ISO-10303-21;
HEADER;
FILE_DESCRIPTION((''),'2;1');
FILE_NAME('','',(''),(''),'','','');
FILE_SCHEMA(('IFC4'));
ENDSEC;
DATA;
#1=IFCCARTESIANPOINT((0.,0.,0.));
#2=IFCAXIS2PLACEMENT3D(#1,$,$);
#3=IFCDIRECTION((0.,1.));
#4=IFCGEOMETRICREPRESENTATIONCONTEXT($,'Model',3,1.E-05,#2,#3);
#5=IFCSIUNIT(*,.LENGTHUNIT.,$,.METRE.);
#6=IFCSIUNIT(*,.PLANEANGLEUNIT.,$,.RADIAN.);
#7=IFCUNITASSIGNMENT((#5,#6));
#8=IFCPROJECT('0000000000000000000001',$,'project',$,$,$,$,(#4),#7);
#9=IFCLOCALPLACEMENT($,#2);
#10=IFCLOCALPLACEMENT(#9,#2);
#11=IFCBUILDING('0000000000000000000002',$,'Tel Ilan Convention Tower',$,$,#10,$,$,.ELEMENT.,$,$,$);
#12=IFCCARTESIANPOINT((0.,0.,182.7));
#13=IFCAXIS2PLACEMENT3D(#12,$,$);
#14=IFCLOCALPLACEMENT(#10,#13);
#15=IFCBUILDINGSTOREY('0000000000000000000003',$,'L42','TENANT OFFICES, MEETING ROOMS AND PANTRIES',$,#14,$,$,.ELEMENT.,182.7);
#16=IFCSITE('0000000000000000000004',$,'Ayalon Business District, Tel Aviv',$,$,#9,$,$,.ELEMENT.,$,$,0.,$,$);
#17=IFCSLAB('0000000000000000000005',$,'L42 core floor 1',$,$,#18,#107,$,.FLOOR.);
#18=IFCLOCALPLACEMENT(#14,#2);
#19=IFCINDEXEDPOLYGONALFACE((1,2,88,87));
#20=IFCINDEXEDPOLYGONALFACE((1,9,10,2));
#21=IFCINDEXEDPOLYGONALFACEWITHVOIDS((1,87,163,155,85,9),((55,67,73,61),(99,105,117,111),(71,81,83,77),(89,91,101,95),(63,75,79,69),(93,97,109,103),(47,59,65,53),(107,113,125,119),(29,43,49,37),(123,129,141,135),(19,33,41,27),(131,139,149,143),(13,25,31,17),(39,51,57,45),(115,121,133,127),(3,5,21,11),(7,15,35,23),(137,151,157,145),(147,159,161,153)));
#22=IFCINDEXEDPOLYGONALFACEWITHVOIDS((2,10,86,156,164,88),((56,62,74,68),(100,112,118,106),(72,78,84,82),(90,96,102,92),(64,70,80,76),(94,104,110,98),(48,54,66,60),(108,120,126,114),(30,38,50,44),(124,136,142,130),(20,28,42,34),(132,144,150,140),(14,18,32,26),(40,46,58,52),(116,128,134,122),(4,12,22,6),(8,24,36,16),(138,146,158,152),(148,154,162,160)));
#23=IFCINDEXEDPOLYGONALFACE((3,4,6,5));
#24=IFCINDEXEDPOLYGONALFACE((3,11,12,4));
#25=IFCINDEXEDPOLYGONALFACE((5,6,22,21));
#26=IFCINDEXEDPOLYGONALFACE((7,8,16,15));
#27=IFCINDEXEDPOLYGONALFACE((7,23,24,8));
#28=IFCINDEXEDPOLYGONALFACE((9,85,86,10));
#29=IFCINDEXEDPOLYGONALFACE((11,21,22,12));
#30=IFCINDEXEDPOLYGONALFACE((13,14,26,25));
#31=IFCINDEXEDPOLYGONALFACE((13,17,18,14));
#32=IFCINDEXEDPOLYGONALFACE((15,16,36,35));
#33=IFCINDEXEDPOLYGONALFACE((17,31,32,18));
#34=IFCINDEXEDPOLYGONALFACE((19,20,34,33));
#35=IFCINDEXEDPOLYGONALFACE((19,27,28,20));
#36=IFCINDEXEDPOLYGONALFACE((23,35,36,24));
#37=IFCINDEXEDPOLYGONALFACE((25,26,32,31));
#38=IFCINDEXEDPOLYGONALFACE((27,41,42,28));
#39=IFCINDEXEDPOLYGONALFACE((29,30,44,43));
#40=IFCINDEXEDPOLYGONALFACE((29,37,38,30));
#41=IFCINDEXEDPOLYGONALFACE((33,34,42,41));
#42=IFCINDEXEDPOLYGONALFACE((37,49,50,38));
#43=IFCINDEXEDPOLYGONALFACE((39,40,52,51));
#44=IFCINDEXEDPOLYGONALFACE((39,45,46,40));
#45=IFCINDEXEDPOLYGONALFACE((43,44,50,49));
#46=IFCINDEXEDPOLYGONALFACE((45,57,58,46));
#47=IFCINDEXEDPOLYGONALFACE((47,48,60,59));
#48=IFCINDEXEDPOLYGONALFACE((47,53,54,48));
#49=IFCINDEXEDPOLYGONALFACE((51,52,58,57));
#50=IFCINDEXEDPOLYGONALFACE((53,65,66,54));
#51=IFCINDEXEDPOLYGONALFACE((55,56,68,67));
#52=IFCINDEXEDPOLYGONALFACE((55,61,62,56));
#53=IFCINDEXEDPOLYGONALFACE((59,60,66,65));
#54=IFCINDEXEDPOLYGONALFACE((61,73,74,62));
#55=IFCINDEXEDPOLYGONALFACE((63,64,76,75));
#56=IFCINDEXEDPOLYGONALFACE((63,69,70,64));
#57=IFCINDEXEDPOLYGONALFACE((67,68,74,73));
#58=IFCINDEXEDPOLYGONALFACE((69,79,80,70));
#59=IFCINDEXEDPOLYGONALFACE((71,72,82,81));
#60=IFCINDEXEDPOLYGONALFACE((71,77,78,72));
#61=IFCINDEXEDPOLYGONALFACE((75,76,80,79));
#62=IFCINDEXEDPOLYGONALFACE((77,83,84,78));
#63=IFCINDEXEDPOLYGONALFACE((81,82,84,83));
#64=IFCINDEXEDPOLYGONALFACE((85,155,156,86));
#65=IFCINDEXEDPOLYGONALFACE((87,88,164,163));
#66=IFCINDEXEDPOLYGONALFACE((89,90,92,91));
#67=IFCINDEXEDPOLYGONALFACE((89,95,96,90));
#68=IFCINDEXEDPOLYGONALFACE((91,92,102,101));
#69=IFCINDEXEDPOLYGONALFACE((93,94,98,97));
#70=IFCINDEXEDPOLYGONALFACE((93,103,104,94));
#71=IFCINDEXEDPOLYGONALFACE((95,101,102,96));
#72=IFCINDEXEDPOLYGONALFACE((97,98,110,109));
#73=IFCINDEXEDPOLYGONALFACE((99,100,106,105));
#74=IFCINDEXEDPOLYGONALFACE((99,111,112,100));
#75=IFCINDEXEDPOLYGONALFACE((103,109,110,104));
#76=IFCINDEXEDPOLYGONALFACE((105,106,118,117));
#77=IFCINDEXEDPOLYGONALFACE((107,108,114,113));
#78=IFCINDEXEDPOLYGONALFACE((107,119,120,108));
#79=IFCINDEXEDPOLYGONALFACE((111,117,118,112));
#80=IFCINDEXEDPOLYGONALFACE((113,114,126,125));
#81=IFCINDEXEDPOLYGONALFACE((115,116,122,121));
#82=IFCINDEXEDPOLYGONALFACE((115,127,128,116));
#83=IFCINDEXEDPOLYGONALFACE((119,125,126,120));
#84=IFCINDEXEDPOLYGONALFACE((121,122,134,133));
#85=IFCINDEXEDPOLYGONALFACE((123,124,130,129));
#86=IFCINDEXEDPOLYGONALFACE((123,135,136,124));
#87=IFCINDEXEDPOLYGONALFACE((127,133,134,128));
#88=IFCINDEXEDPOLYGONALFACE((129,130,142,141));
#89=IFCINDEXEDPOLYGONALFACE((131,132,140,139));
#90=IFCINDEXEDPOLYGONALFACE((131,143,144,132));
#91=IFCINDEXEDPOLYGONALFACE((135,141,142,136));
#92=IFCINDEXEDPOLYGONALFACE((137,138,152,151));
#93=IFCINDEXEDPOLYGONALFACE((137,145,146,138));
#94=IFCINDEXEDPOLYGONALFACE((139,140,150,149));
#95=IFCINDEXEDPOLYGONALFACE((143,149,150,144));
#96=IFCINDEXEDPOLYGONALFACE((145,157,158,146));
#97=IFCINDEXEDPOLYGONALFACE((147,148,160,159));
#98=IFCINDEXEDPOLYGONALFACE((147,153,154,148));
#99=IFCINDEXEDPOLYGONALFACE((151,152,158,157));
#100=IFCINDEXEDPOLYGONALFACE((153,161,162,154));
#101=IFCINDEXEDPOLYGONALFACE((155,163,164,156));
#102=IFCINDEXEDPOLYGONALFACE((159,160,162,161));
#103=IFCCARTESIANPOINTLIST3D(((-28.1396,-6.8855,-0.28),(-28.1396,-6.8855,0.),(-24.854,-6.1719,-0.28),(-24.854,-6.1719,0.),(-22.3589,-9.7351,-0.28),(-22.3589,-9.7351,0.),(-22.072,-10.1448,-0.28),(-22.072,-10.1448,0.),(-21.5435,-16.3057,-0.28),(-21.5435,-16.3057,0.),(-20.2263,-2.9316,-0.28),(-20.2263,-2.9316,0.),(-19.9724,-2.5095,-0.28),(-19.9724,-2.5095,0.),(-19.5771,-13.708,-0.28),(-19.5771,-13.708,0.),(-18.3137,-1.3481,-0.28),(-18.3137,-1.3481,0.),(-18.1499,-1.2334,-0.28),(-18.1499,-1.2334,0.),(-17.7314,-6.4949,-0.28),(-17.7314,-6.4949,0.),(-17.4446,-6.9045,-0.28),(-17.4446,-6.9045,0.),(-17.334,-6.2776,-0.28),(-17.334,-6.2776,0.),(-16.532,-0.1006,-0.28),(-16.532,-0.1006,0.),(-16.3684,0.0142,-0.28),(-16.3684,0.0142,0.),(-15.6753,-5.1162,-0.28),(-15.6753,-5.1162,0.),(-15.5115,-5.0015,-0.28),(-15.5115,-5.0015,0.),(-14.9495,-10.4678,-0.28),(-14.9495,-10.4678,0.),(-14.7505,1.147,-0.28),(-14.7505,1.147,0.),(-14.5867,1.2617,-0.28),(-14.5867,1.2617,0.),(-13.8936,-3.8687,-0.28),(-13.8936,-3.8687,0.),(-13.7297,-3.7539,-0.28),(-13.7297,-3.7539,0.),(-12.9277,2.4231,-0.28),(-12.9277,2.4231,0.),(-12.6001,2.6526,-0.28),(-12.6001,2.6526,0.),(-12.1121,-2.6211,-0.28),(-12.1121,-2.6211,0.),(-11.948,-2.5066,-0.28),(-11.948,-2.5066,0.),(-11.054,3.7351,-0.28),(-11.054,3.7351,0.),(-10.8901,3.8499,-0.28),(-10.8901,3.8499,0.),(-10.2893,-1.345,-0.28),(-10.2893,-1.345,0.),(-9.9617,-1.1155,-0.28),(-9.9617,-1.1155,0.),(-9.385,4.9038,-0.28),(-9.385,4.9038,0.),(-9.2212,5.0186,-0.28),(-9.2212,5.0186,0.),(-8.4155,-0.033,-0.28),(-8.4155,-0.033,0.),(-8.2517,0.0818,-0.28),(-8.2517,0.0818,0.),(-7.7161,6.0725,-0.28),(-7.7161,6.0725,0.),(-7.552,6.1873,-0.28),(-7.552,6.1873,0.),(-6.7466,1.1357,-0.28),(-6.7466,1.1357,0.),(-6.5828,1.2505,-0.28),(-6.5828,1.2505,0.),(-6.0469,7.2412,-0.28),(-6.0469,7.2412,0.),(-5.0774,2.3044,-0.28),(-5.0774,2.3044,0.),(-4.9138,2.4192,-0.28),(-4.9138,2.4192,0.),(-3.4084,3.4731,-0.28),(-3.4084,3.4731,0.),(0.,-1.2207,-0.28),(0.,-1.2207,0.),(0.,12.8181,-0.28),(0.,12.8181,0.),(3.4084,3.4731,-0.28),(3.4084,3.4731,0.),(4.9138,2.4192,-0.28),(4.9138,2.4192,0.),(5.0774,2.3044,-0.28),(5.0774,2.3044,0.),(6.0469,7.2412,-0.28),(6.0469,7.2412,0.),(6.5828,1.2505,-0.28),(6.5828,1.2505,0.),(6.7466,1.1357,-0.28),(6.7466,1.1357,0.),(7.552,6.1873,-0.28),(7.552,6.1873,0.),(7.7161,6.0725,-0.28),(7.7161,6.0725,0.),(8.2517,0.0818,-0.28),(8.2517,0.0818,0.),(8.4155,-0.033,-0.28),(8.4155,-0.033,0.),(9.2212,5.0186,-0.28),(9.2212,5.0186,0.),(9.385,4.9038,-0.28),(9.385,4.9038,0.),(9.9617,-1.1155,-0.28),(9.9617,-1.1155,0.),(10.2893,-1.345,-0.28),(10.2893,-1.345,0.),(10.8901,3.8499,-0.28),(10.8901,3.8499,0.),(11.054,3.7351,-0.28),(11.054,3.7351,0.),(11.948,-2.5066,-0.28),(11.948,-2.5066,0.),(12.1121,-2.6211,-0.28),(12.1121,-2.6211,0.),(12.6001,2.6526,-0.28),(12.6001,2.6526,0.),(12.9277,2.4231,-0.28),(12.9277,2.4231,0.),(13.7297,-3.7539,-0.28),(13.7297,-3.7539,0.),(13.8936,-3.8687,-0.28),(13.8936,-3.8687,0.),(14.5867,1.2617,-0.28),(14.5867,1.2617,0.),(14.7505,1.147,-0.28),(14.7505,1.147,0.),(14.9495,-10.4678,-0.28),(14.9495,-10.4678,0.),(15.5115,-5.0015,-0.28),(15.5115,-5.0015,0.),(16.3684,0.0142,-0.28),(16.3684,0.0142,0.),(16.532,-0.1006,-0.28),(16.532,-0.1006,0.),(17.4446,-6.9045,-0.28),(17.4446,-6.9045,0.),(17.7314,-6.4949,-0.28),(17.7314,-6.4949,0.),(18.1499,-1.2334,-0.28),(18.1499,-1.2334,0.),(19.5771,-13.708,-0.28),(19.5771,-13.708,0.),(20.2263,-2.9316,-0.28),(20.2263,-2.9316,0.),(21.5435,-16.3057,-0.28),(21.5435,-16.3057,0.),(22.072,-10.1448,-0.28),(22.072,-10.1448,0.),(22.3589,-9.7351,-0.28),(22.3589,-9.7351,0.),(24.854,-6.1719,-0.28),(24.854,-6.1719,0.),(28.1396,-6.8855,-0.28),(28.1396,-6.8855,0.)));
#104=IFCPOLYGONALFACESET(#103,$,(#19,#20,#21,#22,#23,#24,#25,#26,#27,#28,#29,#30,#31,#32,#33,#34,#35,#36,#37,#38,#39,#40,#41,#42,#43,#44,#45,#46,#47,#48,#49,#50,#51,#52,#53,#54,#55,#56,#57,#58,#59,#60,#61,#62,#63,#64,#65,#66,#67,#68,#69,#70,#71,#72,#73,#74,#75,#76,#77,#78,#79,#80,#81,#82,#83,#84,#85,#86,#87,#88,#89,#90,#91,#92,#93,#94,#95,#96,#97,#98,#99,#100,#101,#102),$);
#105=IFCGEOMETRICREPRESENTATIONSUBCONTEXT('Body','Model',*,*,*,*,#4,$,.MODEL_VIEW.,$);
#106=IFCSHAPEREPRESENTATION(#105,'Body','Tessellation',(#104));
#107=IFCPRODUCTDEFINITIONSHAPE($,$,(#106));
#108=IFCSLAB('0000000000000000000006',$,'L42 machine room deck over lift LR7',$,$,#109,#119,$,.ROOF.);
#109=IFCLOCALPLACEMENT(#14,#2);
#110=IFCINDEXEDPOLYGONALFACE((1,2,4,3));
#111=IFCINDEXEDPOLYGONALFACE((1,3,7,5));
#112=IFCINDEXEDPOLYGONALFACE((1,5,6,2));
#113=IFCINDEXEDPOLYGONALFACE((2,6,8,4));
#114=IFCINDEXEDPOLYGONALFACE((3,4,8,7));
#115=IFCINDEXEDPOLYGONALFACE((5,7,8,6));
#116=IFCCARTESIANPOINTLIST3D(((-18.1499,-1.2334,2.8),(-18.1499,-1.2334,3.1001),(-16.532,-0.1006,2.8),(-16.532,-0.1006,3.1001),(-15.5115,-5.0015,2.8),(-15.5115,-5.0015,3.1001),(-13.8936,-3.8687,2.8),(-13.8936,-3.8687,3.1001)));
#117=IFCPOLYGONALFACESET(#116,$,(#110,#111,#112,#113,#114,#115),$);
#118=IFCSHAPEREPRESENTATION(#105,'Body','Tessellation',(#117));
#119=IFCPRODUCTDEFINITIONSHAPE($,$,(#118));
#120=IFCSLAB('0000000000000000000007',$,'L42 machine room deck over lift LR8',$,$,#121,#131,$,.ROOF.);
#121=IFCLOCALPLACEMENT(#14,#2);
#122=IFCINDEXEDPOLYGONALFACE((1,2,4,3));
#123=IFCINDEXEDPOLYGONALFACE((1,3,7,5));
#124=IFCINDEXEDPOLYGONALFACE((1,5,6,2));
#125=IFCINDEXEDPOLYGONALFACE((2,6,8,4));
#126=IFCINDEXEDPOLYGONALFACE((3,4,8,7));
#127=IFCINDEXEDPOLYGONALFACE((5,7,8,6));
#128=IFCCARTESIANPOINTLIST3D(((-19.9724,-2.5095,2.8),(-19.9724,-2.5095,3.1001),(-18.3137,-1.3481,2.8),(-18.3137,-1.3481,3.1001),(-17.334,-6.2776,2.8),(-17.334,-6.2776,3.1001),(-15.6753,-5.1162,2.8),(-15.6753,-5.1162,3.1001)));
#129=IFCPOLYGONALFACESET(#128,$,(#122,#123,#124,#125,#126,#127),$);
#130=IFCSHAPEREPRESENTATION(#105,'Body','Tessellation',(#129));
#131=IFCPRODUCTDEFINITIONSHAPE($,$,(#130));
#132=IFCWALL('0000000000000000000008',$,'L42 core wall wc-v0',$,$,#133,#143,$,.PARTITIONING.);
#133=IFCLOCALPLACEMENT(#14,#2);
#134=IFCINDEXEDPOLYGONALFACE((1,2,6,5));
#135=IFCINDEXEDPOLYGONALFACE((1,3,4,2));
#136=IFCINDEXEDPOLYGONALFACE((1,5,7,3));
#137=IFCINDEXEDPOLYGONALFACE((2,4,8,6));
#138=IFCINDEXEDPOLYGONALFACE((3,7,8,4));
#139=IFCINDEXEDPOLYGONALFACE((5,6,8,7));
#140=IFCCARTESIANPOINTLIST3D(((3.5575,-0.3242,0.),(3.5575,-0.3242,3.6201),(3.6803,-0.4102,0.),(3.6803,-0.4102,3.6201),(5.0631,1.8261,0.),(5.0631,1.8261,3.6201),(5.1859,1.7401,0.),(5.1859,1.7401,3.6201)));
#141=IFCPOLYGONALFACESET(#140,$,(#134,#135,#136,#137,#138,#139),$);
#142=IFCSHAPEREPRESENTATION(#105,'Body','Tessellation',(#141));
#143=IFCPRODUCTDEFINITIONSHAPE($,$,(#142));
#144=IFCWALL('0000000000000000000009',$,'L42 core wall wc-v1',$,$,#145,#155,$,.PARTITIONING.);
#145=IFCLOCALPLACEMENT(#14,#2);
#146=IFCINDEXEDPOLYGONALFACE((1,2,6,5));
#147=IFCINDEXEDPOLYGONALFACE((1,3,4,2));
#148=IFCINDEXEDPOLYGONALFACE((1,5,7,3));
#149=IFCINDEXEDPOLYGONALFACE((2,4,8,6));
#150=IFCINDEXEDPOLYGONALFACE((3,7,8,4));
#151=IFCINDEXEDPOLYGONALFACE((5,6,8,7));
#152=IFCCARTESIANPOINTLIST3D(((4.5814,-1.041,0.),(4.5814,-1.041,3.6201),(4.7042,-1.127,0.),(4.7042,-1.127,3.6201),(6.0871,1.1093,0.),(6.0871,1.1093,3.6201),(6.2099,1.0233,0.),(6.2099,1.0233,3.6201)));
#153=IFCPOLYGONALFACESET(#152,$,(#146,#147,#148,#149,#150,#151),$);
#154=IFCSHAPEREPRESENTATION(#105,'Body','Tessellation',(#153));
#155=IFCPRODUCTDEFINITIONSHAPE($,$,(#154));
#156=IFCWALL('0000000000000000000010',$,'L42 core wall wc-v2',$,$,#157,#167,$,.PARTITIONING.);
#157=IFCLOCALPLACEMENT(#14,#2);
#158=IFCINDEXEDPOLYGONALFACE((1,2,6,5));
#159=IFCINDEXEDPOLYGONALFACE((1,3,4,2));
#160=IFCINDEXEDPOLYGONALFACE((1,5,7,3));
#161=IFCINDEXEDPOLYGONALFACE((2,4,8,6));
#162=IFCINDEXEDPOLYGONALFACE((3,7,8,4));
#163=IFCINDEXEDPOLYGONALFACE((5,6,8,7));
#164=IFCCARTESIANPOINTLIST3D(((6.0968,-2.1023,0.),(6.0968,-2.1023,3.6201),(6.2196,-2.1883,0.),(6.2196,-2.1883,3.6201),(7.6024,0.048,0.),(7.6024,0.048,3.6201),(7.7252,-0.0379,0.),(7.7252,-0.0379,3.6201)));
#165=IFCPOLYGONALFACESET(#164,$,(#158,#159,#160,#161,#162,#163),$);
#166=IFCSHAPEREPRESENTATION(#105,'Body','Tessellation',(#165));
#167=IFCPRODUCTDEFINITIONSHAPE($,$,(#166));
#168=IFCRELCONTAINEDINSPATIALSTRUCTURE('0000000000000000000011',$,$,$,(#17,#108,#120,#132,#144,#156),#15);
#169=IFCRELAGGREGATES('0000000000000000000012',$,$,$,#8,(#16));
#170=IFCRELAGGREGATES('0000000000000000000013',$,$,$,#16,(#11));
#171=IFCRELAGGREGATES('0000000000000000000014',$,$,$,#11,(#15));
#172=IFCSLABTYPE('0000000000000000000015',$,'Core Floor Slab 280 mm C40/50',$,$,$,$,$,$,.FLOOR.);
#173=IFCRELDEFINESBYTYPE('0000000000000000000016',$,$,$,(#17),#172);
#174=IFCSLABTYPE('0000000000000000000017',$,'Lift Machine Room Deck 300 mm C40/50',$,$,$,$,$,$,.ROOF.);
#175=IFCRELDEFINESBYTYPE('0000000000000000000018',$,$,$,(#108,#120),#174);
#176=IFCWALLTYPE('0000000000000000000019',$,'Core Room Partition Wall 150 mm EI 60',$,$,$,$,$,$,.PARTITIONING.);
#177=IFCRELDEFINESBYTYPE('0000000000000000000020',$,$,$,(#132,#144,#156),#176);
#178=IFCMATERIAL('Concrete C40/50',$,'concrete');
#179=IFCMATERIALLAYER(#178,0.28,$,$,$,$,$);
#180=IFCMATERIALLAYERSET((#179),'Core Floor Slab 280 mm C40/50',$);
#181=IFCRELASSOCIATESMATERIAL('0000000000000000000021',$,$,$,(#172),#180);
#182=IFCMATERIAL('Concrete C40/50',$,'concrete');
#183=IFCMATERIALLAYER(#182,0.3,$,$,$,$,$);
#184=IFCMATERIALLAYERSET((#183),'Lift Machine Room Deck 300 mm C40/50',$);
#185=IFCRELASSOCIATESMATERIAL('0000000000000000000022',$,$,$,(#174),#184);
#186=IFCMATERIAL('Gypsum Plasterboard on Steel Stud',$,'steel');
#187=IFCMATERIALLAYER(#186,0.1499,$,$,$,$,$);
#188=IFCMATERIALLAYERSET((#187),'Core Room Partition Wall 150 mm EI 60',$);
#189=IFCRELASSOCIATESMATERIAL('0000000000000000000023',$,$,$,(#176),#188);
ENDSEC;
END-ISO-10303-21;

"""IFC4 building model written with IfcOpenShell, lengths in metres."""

from ifc_helpers import new_model, si_unit, direction, frame, frame_2d, origin, place, context, subcontext, project, spatial, polyline, rectangle, outline, extrude, material, layer, layer_set, type_object, element, save


model = new_model("IFC4")

# Units and contexts
model_context = context("Model", 3, precision=1e-05, world=origin(), true_north=direction((0.0, 1.0)))
body_context = subcontext(model_context, "Body", "Model", "MODEL_VIEW")
ifc_project = project(units=[si_unit("LENGTHUNIT", "METRE"), si_unit("PLANEANGLEUNIT", "RADIAN")], contexts=[model_context])

# Site, building, storey
site_placement = place(None, origin())
site = spatial("IfcSite", under=ifc_project, at=site_placement, Name="Ayalon Business District, Tel Aviv", CompositionType="ELEMENT", RefElevation=0.0)
building_placement = place(site_placement, origin())
building = spatial("IfcBuilding", under=site, at=building_placement, Name="Tel Ilan Convention Tower", CompositionType="ELEMENT")
storey_placement = place(building_placement, frame((0.0, 0.0, 182.7)))
storey = spatial("IfcBuildingStorey", under=building, at=storey_placement, Name="L42", Description="TENANT OFFICES, MEETING ROOMS AND PANTRIES", CompositionType="ELEMENT", Elevation=182.7)

# Slabs
ifc_material_1 = material(Name="Concrete C40/50", Category="concrete")
ifc_layer_1 = layer(ifc_material_1, 0.28)
ifc_layer_set_1 = layer_set([ifc_layer_1], Name="Core Floor Slab 280 mm C40/50")
slab_type_1 = type_object("IfcSlabType", Name="Core Floor Slab 280 mm C40/50", PredefinedType="FLOOR", material=ifc_layer_set_1)
slab_1_placement = place(storey_placement, frame((0.0, 0.0, -0.28)))
element("IfcSlab", 1, at=slab_1_placement, inside=storey, type_object=slab_type_1, Name="L42 core floor 1", PredefinedType="FLOOR", context=body_context, shape_type="SweptSolid", body=[
    extrude(outline(polyline([(-28.1396, -6.8855), (0.0, 12.8181), (28.1396, -6.8855), (21.5435, -16.3057), (0.0, -1.2207), (-21.5435, -16.3057), (-28.1396, -6.8855)]), holes=[polyline([(-14.9495, -10.4678), (-17.4446, -6.9045), (-22.072, -10.1448), (-19.5771, -13.708), (-14.9495, -10.4678)]), polyline([(-17.7314, -6.4949), (-20.2263, -2.9316), (-24.854, -6.1719), (-22.3589, -9.7351), (-17.7314, -6.4949)]), polyline([(-18.3137, -1.3481), (-19.9724, -2.5095), (-17.334, -6.2776), (-15.6753, -5.1162), (-18.3137, -1.3481)]), polyline([(-16.532, -0.1006), (-18.1499, -1.2334), (-15.5115, -5.0015), (-13.8936, -3.8687), (-16.532, -0.1006)]), polyline([(-14.7505, 1.147), (-16.3684, 0.0142), (-13.7297, -3.7539), (-12.1121, -2.6211), (-14.7505, 1.147)]), polyline([(-12.9277, 2.4231), (-14.5867, 1.2617), (-11.948, -2.5066), (-10.2893, -1.345), (-12.9277, 2.4231)]), polyline([(-11.054, 3.7351), (-12.6001, 2.6526), (-9.9617, -1.1155), (-8.4155, -0.033), (-11.054, 3.7351)]), polyline([(-6.7466, 1.1357), (-9.385, 4.9038), (-10.8901, 3.8499), (-8.2517, 0.0818), (-6.7466, 1.1357)]), polyline([(-5.0774, 2.3044), (-7.7161, 6.0725), (-9.2212, 5.0186), (-6.5828, 1.2505), (-5.0774, 2.3044)]), polyline([(-6.0469, 7.2412), (-7.552, 6.1873), (-4.9138, 2.4192), (-3.4084, 3.4731), (-6.0469, 7.2412)]), polyline([(17.4446, -6.9045), (14.9495, -10.4678), (19.5771, -13.708), (22.072, -10.1448), (17.4446, -6.9045)]), polyline([(20.2263, -2.9316), (17.7314, -6.4949), (22.3589, -9.7351), (24.854, -6.1719), (20.2263, -2.9316)]), polyline([(13.8936, -3.8687), (15.5115, -5.0015), (18.1499, -1.2334), (16.532, -0.1006), (13.8936, -3.8687)]), polyline([(12.1121, -2.6211), (13.7297, -3.7539), (16.3684, 0.0142), (14.7505, 1.147), (12.1121, -2.6211)]), polyline([(11.948, -2.5066), (14.5867, 1.2617), (12.9277, 2.4231), (10.2893, -1.345), (11.948, -2.5066)]), polyline([(9.9617, -1.1155), (12.6001, 2.6526), (11.054, 3.7351), (8.4155, -0.033), (9.9617, -1.1155)]), polyline([(8.2517, 0.0818), (10.8901, 3.8499), (9.385, 4.9038), (6.7466, 1.1357), (8.2517, 0.0818)]), polyline([(5.0774, 2.3044), (6.5828, 1.2505), (9.2212, 5.0186), (7.7161, 6.0725), (5.0774, 2.3044)]), polyline([(3.4084, 3.4731), (4.9138, 2.4192), (7.552, 6.1873), (6.0469, 7.2412), (3.4084, 3.4731)])]), origin(), (0.0, 0.0, 1.0), 0.28),
])
ifc_material_2 = material(Name="Concrete C40/50", Category="concrete")
ifc_layer_2 = layer(ifc_material_2, 0.3)
ifc_layer_set_2 = layer_set([ifc_layer_2], Name="Lift Machine Room Deck 300 mm C40/50")
slab_type_2 = type_object("IfcSlabType", Name="Lift Machine Room Deck 300 mm C40/50", PredefinedType="ROOF", material=ifc_layer_set_2)
slab_2_placement = place(storey_placement, frame((0.0, 0.0, 2.8)))
element("IfcSlab", 2, at=slab_2_placement, inside=storey, type_object=slab_type_2, Name="L42 machine room deck over lift LR7", PredefinedType="ROOF", context=body_context, shape_type="SweptSolid", body=[
    extrude(outline(polyline([(-13.8936, -3.8687), (-15.5115, -5.0015), (-18.1499, -1.2334), (-16.532, -0.1006), (-13.8936, -3.8687)])), origin(), (0.0, 0.0, 1.0), 0.3),
])
slab_3_placement = place(storey_placement, frame((0.0, 0.0, 2.8)))
element("IfcSlab", 3, at=slab_3_placement, inside=storey, type_object=slab_type_2, Name="L42 machine room deck over lift LR8", PredefinedType="ROOF", context=body_context, shape_type="SweptSolid", body=[
    extrude(outline(polyline([(-15.6753, -5.1162), (-17.334, -6.2776), (-19.9724, -2.5095), (-18.3137, -1.3481), (-15.6753, -5.1162)])), origin(), (0.0, 0.0, 1.0), 0.3),
])

# Walls
ifc_material_3 = material(Name="Gypsum Plasterboard on Steel Stud", Category="steel")
ifc_layer_3 = layer(ifc_material_3, 0.1499)
ifc_layer_set_3 = layer_set([ifc_layer_3], Name="Core Room Partition Wall 150 mm EI 60")
wall_type_1 = type_object("IfcWallType", Name="Core Room Partition Wall 150 mm EI 60", PredefinedType="PARTITIONING", material=ifc_layer_set_3)
for number, where, z_axis, x_axis, name in (
    (4, (3.6189, -0.3672, 0.0), (0.0, 0.0, 1.0), (0.57355, 0.819171, 0.0), "L42 core wall wc-v0"),
    (5, (4.6428, -1.084, 0.0), (0.0, 0.0, 1.0), (0.573593, 0.81914, 0.0), "L42 core wall wc-v1"),
    (6, (6.1582, -2.1453, 0.0), (0.0, 0.0, 1.0), (0.57355, 0.819171, 0.0), "L42 core wall wc-v2"),
):
    element("IfcWall", number, at=place(storey_placement, frame(where, z_axis=z_axis, x_axis=x_axis)), inside=storey, type_object=wall_type_1, Name=name, PredefinedType="PARTITIONING", context=body_context, shape_type="SweptSolid", body=[
        extrude(rectangle(XDim=2.625, YDim=0.1499, at=frame_2d((1.3125, 0.0))), origin(), (0.0, 0.0, 1.0), 3.6201),
    ])

save(model, "model.ifc")
